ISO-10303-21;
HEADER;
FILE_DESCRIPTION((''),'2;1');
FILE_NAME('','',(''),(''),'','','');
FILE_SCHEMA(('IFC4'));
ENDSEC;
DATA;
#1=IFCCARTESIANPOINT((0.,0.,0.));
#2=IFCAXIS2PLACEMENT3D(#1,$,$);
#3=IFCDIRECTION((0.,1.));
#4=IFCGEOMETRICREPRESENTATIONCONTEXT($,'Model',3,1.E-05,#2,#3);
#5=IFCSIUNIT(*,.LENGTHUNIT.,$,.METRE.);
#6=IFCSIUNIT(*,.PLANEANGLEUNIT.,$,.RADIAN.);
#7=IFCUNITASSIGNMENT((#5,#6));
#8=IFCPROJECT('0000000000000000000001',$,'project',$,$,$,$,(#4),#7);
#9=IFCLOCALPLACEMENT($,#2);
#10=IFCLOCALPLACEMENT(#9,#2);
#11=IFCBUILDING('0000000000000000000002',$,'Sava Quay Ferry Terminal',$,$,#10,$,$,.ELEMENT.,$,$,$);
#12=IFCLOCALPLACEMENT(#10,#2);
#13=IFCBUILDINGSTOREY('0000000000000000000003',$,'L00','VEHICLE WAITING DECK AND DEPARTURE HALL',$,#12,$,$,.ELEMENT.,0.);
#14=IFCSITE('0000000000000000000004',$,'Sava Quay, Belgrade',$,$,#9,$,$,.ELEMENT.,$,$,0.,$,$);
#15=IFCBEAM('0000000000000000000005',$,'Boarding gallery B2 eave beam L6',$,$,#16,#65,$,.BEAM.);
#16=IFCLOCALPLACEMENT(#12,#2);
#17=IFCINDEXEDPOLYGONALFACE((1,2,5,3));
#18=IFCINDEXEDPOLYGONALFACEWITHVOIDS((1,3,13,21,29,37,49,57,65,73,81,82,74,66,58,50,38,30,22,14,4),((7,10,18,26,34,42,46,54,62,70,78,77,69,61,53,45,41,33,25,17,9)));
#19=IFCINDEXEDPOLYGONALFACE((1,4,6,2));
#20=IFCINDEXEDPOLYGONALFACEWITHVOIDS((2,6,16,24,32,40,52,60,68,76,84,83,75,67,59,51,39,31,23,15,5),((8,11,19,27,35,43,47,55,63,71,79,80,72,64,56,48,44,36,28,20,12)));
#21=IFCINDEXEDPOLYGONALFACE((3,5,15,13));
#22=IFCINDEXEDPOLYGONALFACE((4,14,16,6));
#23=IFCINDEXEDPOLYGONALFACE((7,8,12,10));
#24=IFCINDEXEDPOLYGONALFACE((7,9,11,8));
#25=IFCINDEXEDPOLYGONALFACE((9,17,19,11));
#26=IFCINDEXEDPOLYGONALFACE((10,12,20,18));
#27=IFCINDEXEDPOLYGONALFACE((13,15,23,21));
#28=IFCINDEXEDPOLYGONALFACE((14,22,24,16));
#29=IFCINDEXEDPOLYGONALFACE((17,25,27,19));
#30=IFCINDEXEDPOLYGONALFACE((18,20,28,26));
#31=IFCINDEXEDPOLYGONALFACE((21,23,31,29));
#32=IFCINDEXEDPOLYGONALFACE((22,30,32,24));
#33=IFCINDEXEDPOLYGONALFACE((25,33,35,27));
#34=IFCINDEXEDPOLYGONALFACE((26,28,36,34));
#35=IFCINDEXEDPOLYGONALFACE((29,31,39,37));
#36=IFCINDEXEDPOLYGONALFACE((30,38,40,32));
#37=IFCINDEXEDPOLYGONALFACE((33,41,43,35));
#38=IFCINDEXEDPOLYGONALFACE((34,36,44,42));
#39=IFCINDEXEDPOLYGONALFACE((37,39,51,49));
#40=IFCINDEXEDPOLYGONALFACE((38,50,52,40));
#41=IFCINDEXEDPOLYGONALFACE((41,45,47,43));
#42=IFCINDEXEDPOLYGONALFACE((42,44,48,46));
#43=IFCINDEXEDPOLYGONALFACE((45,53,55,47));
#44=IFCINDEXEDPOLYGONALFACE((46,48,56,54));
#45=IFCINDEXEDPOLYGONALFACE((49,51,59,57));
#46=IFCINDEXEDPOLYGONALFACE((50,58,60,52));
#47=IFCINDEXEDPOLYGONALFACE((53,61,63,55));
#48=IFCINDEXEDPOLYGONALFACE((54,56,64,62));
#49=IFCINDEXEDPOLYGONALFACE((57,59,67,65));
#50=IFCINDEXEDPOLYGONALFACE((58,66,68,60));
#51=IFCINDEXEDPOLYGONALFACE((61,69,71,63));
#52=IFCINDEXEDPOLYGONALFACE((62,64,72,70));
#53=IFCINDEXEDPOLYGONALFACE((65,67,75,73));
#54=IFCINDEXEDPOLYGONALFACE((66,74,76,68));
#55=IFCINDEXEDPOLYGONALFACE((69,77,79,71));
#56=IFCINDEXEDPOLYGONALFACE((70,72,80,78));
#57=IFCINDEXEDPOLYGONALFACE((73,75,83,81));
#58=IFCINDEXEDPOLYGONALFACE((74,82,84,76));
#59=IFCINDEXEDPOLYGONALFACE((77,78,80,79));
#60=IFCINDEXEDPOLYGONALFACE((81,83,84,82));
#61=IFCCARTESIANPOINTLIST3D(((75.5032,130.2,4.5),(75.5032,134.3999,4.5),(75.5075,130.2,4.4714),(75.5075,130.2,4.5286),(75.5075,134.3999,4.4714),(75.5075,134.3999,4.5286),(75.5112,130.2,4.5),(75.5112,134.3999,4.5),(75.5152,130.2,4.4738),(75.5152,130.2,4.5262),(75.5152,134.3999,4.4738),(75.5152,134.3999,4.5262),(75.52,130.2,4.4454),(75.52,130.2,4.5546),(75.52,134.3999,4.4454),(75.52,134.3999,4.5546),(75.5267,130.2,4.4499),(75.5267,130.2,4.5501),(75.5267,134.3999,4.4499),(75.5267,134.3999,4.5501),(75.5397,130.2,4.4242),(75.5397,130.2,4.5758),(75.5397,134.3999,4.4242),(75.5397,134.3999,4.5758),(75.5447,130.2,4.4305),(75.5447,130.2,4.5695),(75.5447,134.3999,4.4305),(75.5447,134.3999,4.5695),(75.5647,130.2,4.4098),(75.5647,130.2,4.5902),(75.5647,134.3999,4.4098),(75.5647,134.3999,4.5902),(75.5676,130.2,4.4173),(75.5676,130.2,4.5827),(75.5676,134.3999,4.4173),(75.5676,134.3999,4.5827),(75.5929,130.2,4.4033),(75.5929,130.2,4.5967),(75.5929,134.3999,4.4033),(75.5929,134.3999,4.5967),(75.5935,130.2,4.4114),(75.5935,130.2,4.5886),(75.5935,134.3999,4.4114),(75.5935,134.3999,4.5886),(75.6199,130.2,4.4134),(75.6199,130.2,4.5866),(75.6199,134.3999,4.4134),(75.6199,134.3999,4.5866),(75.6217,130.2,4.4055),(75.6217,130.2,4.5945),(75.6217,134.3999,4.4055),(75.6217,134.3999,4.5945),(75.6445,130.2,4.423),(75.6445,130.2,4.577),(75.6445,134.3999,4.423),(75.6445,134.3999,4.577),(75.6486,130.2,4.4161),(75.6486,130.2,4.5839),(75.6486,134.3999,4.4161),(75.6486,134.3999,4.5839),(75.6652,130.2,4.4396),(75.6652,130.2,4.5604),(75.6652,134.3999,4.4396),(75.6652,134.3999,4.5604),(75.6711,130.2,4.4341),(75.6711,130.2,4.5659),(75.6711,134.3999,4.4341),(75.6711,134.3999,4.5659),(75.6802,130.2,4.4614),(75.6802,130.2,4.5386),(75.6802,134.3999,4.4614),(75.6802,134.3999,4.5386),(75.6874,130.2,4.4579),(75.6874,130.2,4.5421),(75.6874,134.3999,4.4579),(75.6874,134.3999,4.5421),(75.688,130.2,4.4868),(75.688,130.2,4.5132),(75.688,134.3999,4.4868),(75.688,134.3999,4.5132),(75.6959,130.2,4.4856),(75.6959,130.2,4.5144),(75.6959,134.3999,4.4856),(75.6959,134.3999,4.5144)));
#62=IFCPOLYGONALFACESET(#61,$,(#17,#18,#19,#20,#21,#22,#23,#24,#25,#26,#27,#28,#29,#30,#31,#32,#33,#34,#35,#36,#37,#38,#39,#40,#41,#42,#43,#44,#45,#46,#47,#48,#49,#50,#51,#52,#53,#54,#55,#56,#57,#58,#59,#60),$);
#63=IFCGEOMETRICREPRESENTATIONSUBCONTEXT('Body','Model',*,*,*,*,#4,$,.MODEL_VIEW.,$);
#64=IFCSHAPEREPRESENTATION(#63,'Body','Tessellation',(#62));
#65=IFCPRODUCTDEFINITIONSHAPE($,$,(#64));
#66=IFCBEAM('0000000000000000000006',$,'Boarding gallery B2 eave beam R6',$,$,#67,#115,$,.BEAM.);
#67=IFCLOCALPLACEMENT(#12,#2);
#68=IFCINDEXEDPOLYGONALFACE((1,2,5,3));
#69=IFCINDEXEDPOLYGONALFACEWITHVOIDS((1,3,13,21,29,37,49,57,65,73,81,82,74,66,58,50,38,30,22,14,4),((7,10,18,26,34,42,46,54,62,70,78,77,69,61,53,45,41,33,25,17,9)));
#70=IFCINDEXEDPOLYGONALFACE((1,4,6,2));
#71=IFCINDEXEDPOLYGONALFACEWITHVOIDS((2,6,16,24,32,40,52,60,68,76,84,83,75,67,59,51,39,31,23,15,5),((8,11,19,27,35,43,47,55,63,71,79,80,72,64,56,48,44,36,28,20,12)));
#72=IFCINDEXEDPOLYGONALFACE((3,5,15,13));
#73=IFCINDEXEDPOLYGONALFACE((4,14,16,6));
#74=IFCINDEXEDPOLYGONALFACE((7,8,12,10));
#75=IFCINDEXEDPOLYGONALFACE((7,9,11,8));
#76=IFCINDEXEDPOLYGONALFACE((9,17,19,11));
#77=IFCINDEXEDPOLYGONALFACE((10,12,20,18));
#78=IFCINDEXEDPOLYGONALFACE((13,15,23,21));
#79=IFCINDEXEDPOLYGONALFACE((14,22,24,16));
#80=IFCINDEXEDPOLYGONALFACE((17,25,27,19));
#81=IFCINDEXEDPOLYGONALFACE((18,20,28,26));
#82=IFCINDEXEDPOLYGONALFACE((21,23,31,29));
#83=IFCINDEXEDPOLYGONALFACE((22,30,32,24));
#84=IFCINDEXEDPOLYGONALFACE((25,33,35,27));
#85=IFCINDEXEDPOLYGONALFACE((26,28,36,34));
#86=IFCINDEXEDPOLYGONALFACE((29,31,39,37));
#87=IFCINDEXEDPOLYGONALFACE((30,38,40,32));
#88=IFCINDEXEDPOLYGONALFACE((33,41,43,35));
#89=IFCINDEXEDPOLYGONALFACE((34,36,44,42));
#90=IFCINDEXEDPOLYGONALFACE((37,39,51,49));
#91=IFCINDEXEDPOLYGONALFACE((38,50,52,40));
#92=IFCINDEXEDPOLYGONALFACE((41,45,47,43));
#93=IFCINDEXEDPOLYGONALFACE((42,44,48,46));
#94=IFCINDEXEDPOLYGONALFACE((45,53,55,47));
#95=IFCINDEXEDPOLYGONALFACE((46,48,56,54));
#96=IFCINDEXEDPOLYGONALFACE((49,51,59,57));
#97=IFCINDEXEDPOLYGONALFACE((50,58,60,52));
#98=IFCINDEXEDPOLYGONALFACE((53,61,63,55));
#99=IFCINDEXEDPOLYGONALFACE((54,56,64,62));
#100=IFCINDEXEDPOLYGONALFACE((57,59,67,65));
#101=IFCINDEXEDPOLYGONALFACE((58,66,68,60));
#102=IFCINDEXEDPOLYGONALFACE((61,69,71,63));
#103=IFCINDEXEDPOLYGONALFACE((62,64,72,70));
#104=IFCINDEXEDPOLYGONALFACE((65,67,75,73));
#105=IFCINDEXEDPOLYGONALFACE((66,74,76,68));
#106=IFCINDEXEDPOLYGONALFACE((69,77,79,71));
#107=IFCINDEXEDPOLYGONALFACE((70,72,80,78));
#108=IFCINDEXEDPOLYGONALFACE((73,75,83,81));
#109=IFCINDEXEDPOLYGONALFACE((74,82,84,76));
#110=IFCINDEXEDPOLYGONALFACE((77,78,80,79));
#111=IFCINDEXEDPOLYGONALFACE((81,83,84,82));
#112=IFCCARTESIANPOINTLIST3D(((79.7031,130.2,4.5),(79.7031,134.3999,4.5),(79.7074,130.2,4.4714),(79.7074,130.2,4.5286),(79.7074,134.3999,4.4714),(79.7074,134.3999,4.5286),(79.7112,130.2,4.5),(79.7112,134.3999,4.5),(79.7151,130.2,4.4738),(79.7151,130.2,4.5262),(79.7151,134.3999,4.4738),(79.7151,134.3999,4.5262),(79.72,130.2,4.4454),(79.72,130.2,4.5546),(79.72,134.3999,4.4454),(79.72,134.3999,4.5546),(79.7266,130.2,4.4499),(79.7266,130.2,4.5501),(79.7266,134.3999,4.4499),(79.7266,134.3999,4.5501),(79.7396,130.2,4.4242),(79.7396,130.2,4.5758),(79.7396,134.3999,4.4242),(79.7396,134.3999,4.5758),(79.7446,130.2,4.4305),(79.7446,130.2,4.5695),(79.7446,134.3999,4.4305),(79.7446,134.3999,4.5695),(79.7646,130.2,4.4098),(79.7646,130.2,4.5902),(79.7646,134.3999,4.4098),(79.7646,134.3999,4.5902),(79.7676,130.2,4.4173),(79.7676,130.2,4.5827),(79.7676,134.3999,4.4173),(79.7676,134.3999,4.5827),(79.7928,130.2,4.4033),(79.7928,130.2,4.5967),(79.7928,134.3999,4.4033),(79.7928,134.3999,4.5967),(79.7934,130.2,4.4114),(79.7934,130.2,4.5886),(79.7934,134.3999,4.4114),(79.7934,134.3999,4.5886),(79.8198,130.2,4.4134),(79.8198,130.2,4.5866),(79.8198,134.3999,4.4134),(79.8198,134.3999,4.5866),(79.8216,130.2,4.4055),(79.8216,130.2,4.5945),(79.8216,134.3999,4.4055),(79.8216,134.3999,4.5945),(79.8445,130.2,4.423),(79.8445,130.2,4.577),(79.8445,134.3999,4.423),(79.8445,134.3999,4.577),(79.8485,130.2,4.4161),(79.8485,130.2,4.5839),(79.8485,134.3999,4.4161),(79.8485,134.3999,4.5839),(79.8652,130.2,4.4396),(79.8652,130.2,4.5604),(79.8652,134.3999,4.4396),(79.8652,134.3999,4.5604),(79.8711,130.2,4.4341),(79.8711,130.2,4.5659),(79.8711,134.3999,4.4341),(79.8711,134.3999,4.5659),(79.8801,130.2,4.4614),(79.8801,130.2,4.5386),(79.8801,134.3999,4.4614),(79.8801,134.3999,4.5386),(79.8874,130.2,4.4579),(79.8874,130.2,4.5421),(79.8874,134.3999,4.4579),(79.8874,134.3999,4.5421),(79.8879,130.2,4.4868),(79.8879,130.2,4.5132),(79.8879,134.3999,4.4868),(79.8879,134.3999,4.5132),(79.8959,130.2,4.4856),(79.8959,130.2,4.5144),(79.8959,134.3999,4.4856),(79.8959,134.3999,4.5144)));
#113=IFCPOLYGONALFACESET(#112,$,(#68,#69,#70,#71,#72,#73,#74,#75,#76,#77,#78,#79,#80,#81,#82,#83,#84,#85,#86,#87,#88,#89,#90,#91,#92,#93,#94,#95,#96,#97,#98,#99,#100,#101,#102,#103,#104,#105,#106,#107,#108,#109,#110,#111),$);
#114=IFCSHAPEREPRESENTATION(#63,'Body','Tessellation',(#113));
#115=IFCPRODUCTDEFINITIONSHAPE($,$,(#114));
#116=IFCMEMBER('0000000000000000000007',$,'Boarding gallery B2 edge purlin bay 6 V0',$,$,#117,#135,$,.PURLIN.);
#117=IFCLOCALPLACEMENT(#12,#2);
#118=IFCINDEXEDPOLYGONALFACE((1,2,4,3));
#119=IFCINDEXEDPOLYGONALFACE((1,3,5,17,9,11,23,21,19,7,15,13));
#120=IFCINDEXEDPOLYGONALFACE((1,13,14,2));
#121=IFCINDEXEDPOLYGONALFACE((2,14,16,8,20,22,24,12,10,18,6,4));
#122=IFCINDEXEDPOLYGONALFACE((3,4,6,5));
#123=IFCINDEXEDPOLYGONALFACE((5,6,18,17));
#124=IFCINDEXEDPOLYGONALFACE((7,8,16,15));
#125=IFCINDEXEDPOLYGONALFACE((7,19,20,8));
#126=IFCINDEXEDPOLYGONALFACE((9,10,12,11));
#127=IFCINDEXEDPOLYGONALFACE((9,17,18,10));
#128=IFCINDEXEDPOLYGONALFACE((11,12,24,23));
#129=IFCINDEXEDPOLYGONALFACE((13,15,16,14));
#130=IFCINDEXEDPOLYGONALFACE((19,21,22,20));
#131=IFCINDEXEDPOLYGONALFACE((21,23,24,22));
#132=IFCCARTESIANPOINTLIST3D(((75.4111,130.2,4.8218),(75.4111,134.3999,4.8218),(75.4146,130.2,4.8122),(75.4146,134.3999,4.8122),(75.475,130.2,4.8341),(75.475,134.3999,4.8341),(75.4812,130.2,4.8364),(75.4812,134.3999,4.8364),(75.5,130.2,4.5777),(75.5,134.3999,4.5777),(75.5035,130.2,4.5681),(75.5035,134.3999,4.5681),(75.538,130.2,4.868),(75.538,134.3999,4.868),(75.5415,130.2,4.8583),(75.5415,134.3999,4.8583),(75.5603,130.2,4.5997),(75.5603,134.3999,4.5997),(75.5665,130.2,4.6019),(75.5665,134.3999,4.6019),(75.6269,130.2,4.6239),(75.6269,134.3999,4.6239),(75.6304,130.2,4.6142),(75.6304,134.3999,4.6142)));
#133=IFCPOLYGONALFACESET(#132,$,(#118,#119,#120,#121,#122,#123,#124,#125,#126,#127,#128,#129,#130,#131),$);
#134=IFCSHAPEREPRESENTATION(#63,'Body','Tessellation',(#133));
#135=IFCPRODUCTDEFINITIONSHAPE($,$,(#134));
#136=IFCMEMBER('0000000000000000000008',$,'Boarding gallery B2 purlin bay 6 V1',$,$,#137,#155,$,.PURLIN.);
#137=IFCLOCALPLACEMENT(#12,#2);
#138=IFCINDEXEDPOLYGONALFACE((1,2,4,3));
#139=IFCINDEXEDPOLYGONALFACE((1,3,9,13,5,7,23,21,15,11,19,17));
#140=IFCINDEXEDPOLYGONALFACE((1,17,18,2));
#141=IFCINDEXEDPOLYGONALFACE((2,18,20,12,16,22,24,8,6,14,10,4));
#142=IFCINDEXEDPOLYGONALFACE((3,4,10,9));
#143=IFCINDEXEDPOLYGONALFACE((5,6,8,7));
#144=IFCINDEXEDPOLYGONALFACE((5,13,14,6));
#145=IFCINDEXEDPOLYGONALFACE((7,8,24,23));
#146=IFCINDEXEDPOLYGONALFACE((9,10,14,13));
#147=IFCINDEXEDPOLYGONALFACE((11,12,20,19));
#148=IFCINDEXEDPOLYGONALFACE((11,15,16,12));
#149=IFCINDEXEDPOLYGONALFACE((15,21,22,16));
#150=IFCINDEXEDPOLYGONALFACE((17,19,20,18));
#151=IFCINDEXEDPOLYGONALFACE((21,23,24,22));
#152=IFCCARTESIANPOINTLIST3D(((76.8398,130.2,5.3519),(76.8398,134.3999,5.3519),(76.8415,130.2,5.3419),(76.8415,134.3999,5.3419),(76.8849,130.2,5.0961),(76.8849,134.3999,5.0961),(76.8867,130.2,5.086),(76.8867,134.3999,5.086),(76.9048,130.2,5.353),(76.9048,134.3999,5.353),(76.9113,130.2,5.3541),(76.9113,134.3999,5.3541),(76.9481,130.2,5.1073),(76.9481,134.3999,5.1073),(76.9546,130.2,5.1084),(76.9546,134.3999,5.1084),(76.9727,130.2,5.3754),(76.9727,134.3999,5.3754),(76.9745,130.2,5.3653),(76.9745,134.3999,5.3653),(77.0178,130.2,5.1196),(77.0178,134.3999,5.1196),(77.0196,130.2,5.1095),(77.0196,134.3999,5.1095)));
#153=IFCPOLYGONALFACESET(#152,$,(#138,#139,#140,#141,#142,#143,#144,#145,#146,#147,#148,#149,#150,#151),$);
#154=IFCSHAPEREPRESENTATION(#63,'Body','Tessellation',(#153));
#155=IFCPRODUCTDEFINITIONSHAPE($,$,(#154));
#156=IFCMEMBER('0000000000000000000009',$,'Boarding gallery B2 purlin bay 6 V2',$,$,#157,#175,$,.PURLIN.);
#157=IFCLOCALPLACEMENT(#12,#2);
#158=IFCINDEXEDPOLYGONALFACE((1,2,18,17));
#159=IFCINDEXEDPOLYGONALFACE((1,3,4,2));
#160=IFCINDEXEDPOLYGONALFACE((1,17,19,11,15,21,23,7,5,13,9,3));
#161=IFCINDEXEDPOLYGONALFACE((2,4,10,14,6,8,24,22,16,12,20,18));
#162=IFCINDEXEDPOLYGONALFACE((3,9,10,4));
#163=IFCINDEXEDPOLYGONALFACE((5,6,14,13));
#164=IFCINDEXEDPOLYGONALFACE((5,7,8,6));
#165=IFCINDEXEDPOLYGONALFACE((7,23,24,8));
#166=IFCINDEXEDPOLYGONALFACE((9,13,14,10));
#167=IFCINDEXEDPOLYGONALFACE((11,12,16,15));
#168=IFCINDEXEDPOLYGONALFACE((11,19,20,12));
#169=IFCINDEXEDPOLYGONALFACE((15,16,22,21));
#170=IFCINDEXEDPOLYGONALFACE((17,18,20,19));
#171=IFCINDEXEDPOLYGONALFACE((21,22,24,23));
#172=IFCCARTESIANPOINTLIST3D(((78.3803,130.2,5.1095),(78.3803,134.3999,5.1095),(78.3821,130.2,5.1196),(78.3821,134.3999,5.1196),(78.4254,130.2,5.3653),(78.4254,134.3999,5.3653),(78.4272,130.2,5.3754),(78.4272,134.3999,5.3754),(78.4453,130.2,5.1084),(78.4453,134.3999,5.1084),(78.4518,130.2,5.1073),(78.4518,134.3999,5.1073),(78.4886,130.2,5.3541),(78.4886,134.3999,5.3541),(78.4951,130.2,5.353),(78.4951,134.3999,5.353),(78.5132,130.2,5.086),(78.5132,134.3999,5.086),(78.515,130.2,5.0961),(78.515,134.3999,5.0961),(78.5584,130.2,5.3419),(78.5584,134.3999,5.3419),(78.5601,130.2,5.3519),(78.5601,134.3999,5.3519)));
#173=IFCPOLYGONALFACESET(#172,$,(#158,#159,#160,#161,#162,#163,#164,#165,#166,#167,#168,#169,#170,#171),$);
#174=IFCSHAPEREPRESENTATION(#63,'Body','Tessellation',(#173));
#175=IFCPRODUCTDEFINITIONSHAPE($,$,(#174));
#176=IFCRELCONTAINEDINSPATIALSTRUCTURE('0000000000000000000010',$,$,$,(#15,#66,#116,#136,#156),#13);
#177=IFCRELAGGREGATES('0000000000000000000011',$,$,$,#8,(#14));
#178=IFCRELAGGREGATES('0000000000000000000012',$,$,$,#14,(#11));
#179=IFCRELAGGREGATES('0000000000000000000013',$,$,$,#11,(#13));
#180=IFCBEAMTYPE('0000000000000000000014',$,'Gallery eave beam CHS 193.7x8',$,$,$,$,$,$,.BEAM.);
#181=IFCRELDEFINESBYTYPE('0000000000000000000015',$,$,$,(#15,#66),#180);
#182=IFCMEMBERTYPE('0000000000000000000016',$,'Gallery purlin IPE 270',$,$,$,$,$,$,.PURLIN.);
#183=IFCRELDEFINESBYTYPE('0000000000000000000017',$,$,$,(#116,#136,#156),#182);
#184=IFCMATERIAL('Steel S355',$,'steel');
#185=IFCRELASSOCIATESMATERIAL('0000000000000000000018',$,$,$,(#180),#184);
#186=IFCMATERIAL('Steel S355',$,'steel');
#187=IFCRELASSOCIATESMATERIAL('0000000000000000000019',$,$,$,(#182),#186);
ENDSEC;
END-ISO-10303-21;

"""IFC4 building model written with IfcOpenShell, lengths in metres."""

from ifc_helpers import new_model, si_unit, direction, frame, origin, origin_2d, place, context, subcontext, project, spatial, hollow_circle, i_section, extrude, material, material_profile, profile_set, type_object, element, save


model = new_model("IFC4")

# Units and contexts
model_context = context("Model", 3, precision=1e-05, world=origin(), true_north=direction((0.0, 1.0)))
body_context = subcontext(model_context, "Body", "Model", "MODEL_VIEW")
ifc_project = project(units=[si_unit("LENGTHUNIT", "METRE"), si_unit("PLANEANGLEUNIT", "RADIAN")], contexts=[model_context])

# Site, building, storey
site_placement = place(None, origin())
site = spatial("IfcSite", under=ifc_project, at=site_placement, Name="Sava Quay, Belgrade", CompositionType="ELEMENT", RefElevation=0.0)
building_placement = place(site_placement, origin())
building = spatial("IfcBuilding", under=site, at=building_placement, Name="Sava Quay Ferry Terminal", CompositionType="ELEMENT")
storey_placement = place(building_placement, origin())
storey = spatial("IfcBuildingStorey", under=building, at=storey_placement, Name="L00", Description="VEHICLE WAITING DECK AND DEPARTURE HALL", CompositionType="ELEMENT", Elevation=0.0)

# Beams
ifc_material_1 = material(Name="Steel S355", Category="steel")
ifc_material_profile_1 = material_profile(ifc_material_1, hollow_circle(Radius=0.0969, WallThickness=0.0081, at=origin_2d()), Name="CHS 193.7 x 8.0")
ifc_profile_set_1 = profile_set([ifc_material_profile_1], Name="Steel S355")
beam_type_1 = type_object("IfcBeamType", Name="Gallery eave beam CHS 193.7x8", PredefinedType="BEAM", material=ifc_profile_set_1)
for number, where, z_axis, x_axis, name in (
    (1, (75.6001, 130.2, 4.5), (0.0, 1.0, 0.0), (-1.0, 0.0, 0.0), "Boarding gallery B2 eave beam L6"),
    (2, (79.8, 130.2, 4.5), (0.0, 1.0, 0.0), (-1.0, 0.0, 0.0), "Boarding gallery B2 eave beam R6"),
):
    element("IfcBeam", number, at=place(storey_placement, frame(where, z_axis=z_axis, x_axis=x_axis)), inside=storey, type_object=beam_type_1, Name=name, PredefinedType="BEAM", context=body_context, shape_type="SweptSolid", body=[
        extrude(hollow_circle(Radius=0.0969, WallThickness=0.0081, at=origin_2d()), origin(), (0.0, 0.0, 1.0), 4.2),
    ])

# Members
ifc_material_2 = material(Name="Steel S355", Category="steel")
ifc_material_profile_2 = material_profile(ifc_material_2, i_section(OverallWidth=0.135, OverallDepth=0.27, WebThickness=0.0066, FlangeThickness=0.0103, at=origin_2d()), Name="IPE 270")
ifc_profile_set_2 = profile_set([ifc_material_profile_2], Name="Steel S355")
member_type_1 = type_object("IfcMemberType", Name="Gallery purlin IPE 270", PredefinedType="PURLIN", material=ifc_profile_set_2)
for number, where, z_axis, x_axis, name in (
    (3, (75.5208, 130.2, 4.718), (0.0, 1.0, 0.0), (-0.939693, 0.0, -0.34202), "Boarding gallery B2 edge purlin bay 6 V0"),
    (4, (76.9297, 130.2, 5.2307), (0.0, 1.0, 0.0), (-0.984808, 0.0, -0.173648), "Boarding gallery B2 purlin bay 6 V1"),
    (5, (78.4702, 130.2, 5.2307), (0.0, 1.0, 0.0), (-0.984808, 0.0, 0.173648), "Boarding gallery B2 purlin bay 6 V2"),
):
    element("IfcMember", number, at=place(storey_placement, frame(where, z_axis=z_axis, x_axis=x_axis)), inside=storey, type_object=member_type_1, Name=name, PredefinedType="PURLIN", context=body_context, shape_type="SweptSolid", body=[
        extrude(i_section(OverallWidth=0.135, OverallDepth=0.27, WebThickness=0.0066, FlangeThickness=0.0103, at=origin_2d()), origin(), (0.0, 0.0, 1.0), 4.2),
    ])

save(model, "model.ifc")
